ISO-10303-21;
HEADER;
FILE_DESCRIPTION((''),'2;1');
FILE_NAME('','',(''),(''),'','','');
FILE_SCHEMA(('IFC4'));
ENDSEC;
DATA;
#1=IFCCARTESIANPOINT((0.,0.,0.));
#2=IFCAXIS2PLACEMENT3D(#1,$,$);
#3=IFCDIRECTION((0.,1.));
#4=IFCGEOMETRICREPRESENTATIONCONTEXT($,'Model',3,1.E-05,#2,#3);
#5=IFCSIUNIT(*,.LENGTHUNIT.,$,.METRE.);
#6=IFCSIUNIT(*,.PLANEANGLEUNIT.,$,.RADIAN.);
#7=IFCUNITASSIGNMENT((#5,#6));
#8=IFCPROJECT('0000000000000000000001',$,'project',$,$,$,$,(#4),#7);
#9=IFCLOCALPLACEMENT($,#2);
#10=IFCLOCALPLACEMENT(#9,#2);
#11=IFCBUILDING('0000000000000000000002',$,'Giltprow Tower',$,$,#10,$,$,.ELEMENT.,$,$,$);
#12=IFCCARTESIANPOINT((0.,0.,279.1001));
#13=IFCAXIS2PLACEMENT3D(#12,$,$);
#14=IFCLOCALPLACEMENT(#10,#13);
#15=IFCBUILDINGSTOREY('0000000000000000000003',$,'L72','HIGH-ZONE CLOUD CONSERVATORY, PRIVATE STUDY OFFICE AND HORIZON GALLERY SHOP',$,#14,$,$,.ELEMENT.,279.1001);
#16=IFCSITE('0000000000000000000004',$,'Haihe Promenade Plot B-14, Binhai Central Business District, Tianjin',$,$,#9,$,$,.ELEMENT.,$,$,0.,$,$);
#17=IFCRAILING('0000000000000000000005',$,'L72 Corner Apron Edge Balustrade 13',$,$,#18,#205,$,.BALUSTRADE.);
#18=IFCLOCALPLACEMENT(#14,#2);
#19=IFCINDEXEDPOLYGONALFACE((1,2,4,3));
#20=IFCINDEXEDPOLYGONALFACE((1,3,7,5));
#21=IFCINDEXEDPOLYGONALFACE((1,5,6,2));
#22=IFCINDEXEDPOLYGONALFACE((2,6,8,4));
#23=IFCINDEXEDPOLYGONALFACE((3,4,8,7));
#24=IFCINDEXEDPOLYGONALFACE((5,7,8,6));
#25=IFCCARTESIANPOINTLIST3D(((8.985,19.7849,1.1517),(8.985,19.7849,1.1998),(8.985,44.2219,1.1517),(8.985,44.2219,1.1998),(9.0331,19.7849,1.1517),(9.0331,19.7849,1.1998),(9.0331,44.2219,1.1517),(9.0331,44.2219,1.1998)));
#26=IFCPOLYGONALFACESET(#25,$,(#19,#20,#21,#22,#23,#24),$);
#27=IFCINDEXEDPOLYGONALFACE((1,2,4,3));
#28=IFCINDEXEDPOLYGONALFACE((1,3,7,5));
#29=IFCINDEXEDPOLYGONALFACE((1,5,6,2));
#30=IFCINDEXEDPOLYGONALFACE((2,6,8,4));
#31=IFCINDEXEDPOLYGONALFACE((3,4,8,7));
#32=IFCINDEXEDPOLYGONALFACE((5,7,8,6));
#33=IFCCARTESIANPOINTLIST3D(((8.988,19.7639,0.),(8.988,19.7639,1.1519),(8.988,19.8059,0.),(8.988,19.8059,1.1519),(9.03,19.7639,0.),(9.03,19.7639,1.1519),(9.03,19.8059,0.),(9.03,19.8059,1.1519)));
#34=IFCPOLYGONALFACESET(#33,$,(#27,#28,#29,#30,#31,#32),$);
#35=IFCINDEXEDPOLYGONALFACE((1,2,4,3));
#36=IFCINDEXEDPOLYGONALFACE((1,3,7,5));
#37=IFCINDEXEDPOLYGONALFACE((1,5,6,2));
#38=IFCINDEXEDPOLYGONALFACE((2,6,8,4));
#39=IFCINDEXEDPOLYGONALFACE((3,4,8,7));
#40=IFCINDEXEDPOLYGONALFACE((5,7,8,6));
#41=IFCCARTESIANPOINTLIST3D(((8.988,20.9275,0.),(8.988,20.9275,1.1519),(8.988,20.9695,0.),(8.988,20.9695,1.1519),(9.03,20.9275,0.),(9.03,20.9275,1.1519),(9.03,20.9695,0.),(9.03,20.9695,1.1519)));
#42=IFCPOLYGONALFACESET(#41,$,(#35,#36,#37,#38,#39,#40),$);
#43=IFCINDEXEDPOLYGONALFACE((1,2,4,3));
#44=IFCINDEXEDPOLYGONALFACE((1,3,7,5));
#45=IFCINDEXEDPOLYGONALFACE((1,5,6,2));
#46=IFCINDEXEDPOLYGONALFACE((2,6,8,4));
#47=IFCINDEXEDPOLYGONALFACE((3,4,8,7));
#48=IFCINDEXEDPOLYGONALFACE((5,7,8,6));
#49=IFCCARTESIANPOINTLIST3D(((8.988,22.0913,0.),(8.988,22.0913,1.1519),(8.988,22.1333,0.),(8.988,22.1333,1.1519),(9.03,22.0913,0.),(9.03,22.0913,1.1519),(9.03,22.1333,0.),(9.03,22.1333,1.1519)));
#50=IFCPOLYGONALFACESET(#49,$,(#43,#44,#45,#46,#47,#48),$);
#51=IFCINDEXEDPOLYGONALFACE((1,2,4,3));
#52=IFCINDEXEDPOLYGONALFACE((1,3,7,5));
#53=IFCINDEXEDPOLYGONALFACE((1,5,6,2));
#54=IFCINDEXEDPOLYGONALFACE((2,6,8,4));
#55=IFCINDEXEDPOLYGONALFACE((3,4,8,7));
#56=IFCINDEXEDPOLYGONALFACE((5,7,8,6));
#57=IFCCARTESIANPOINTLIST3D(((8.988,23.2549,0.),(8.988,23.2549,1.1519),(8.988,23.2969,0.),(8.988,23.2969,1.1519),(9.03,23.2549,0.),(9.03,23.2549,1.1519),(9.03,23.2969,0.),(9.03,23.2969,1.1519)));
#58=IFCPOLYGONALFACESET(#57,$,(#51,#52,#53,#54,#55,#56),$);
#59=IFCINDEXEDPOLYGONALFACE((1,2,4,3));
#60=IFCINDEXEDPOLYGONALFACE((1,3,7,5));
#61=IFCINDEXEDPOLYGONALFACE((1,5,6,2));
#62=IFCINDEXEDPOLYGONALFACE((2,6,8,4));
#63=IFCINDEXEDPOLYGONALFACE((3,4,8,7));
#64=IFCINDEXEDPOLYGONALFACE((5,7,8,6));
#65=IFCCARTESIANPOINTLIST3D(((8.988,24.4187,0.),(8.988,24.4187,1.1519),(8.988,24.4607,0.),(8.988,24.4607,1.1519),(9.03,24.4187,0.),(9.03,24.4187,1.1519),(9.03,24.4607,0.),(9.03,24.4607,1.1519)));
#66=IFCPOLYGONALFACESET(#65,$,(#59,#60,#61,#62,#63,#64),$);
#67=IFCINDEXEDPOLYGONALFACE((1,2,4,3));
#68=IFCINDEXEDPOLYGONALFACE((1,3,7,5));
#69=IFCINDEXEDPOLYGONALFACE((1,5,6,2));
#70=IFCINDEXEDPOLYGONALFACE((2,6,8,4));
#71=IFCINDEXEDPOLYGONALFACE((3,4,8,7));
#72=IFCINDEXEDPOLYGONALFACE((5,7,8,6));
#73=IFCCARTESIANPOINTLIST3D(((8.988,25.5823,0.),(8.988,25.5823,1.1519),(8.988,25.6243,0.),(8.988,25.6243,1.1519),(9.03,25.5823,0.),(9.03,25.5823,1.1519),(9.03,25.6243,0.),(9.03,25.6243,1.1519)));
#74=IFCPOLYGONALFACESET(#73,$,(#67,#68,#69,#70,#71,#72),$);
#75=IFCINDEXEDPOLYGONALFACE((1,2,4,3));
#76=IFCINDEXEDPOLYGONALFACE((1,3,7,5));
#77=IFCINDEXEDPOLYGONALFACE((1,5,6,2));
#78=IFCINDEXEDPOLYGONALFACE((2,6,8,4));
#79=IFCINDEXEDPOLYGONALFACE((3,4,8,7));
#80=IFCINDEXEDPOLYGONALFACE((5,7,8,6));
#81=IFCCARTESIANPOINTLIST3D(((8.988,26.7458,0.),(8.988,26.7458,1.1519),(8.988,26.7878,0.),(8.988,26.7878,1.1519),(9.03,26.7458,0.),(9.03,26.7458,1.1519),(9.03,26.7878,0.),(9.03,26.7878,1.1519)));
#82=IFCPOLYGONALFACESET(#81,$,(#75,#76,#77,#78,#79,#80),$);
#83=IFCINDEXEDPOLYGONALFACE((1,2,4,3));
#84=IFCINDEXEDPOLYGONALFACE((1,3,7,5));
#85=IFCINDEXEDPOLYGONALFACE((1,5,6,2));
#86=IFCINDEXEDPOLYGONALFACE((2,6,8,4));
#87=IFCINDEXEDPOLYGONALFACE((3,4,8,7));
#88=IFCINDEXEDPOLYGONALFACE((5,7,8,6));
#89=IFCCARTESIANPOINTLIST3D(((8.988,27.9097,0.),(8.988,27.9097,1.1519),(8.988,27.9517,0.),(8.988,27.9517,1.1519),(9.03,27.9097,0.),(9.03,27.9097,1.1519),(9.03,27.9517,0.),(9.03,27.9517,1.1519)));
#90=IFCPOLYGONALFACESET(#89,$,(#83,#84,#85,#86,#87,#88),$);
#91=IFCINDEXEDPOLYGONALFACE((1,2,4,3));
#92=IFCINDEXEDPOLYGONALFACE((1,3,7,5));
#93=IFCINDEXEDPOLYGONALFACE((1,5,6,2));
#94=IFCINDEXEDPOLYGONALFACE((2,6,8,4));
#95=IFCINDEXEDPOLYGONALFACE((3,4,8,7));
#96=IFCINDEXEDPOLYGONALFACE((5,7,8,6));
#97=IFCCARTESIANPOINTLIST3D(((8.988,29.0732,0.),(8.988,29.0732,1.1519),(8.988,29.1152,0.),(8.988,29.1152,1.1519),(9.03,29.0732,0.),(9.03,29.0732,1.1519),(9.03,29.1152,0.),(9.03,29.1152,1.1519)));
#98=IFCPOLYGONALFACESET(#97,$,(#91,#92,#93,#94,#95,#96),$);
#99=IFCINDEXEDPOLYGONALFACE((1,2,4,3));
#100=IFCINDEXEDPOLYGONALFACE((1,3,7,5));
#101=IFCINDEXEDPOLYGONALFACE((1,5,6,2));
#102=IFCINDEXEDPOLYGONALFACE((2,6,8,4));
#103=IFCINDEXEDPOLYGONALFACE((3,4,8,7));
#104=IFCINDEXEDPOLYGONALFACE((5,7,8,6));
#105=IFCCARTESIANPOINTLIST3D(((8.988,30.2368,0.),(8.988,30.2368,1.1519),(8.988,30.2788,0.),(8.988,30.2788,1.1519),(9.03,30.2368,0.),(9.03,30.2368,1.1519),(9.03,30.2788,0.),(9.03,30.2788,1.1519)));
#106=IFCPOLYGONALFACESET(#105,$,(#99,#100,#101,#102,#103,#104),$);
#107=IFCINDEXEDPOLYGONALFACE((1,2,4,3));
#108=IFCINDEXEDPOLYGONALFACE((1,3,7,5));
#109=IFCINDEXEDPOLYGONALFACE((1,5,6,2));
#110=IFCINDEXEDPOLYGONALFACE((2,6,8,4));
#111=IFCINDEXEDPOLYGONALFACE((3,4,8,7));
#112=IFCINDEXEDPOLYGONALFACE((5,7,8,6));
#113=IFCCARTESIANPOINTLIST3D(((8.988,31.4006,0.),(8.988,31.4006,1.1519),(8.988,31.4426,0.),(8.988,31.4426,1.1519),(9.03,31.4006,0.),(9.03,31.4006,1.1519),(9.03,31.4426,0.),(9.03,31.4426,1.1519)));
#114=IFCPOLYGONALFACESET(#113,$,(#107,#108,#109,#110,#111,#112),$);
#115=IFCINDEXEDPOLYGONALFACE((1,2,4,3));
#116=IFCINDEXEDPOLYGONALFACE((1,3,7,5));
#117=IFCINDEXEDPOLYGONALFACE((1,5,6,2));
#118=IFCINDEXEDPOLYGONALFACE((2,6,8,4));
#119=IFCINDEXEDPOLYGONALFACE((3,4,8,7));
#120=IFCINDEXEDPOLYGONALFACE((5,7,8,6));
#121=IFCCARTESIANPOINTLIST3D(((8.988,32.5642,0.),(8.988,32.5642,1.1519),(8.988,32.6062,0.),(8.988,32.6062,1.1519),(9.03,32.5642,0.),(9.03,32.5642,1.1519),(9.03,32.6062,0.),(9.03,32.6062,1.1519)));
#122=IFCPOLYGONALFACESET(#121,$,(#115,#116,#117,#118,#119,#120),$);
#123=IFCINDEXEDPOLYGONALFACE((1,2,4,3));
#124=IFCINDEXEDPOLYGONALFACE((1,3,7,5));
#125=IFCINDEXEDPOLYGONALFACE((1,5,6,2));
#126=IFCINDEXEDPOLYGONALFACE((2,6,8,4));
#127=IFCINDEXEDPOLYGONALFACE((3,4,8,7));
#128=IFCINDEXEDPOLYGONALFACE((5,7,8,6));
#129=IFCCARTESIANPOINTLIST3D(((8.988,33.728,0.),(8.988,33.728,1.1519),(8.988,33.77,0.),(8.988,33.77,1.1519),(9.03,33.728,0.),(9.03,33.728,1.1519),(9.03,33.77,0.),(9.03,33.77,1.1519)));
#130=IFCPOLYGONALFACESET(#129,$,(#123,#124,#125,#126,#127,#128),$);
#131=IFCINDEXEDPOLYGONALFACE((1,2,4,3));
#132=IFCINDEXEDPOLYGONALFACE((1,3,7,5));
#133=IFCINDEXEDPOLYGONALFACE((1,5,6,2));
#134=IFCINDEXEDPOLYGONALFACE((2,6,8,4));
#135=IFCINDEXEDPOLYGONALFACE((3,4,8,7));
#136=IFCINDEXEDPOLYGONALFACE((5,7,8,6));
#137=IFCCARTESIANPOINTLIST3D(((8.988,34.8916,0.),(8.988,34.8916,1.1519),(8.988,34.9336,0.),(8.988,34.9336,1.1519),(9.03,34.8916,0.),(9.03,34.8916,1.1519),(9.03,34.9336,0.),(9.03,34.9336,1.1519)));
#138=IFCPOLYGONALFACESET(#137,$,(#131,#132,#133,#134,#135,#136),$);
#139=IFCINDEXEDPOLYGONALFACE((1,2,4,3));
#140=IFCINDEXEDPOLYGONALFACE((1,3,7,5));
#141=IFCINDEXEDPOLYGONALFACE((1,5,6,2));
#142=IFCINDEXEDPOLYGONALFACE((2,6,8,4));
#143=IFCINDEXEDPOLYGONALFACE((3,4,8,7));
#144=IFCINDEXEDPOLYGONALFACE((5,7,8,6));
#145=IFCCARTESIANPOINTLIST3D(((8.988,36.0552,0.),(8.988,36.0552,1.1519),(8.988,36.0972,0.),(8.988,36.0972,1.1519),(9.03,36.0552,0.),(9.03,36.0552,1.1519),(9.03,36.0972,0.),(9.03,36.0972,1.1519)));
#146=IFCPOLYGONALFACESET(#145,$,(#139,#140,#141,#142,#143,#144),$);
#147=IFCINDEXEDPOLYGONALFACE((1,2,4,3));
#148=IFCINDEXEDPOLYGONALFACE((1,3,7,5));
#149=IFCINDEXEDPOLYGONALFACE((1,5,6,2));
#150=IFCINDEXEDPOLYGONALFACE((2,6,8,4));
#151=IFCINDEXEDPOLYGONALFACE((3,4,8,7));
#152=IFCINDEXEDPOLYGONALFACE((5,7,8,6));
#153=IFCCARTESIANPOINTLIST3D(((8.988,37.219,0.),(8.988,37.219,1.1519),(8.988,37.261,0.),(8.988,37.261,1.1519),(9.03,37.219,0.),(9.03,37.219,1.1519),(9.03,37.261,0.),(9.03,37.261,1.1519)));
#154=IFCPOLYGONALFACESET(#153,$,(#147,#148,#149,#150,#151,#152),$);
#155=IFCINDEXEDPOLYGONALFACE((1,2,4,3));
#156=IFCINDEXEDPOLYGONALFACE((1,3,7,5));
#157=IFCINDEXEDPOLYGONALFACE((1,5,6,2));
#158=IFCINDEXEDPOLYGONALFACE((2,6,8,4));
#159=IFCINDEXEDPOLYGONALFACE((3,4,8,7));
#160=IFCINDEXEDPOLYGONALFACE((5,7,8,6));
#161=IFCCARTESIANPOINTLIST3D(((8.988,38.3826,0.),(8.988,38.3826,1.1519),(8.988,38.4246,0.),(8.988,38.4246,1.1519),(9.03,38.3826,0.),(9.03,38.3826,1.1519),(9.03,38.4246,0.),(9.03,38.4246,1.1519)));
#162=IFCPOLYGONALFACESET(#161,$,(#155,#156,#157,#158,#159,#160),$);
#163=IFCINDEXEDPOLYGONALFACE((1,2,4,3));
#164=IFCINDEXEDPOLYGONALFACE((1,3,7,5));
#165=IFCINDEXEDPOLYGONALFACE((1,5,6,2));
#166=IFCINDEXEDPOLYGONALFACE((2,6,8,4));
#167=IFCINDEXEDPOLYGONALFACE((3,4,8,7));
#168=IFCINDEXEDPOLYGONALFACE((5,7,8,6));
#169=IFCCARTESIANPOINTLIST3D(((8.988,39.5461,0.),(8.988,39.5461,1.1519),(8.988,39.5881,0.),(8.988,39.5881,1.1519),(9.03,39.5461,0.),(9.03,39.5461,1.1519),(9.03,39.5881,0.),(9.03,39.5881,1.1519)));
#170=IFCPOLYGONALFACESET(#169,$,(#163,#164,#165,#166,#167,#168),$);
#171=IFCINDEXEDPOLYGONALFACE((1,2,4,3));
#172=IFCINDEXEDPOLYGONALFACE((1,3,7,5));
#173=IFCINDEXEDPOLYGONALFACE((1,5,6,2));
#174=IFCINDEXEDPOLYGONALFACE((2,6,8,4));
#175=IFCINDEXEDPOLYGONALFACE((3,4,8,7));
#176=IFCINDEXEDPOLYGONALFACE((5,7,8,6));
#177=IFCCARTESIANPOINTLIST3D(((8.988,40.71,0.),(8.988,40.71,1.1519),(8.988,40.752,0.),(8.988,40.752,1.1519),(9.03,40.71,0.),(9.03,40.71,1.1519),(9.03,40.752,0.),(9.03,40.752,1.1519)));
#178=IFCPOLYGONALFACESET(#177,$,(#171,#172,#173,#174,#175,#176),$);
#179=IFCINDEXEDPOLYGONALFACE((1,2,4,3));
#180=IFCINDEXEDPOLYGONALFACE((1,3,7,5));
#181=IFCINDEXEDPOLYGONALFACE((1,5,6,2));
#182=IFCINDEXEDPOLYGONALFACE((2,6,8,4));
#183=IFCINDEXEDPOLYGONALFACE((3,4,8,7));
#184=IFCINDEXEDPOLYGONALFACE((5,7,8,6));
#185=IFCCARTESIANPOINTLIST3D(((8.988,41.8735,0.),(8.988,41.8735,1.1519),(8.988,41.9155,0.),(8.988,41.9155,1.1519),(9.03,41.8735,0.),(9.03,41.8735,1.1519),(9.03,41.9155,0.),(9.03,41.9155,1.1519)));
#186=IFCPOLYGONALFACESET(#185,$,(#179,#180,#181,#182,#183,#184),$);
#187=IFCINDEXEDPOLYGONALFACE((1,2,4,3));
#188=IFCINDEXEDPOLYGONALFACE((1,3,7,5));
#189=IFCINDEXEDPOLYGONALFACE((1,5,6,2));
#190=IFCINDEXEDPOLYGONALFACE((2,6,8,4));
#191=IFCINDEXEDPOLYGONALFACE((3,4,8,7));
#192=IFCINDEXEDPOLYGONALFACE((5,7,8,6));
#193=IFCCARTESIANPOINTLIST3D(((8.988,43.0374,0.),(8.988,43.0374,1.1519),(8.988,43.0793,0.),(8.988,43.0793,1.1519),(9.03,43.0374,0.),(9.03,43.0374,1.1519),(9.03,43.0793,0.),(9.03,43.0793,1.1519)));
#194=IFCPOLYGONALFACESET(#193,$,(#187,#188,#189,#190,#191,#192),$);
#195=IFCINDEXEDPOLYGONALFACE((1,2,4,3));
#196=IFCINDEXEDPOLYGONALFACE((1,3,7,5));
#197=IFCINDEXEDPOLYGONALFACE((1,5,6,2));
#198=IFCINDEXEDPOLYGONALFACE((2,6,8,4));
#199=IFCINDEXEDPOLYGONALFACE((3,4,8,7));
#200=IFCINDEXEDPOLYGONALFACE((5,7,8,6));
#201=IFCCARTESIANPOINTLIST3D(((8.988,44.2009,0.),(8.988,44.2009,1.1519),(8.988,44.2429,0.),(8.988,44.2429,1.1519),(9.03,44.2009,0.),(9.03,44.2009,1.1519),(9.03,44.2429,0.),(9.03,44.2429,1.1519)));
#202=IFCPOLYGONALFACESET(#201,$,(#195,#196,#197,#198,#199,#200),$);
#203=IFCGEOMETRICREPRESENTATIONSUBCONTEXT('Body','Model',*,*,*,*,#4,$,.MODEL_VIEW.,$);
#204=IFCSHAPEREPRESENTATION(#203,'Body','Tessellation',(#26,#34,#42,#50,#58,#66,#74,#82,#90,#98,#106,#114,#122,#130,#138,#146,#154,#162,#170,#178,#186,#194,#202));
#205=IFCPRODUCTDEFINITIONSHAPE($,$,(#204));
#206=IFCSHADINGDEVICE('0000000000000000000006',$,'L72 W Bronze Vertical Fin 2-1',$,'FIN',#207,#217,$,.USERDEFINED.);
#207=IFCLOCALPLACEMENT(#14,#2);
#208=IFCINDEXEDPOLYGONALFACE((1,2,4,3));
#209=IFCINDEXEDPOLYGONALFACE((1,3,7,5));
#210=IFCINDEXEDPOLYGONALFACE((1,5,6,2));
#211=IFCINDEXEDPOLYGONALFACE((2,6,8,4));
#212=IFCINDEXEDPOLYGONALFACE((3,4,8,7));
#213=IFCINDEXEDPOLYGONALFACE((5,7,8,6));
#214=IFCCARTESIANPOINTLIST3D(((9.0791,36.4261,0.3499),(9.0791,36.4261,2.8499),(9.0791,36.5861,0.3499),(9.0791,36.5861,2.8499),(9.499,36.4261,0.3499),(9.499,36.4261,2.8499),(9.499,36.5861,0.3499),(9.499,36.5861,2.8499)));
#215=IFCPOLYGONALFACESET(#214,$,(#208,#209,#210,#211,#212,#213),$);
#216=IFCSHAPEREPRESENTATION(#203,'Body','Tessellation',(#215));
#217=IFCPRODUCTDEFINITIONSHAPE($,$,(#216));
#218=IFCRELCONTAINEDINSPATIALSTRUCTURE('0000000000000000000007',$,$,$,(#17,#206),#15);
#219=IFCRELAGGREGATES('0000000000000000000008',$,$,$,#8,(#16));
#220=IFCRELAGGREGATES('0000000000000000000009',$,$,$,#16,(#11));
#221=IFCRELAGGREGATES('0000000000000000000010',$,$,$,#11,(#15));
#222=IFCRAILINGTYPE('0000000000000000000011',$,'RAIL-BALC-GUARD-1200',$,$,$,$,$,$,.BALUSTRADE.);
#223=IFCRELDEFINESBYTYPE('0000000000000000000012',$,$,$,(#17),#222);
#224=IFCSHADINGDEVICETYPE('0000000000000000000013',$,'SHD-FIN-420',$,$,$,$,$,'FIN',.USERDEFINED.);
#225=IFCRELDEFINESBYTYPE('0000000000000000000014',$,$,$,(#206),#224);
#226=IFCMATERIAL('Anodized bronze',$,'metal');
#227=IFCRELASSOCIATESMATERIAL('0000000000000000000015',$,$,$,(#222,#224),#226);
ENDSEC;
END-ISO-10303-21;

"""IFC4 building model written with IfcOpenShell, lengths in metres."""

from ifc_helpers import new_model, si_unit, direction, frame, origin, origin_2d, place, context, subcontext, project, spatial, rectangle, extrude, source, transform, mapped, material, type_object, element, save


model = new_model("IFC4")

# Units and contexts
model_context = context("Model", 3, precision=1e-05, world=origin(), true_north=direction((0.0, 1.0)))
body_context = subcontext(model_context, "Body", "Model", "MODEL_VIEW")
ifc_project = project(units=[si_unit("LENGTHUNIT", "METRE"), si_unit("PLANEANGLEUNIT", "RADIAN")], contexts=[model_context])

# Site, building, storey
site_placement = place(None, origin())
site = spatial("IfcSite", under=ifc_project, at=site_placement, Name="Haihe Promenade Plot B-14, Binhai Central Business District, Tianjin", CompositionType="ELEMENT", RefElevation=0.0)
building_placement = place(site_placement, origin())
building = spatial("IfcBuilding", under=site, at=building_placement, Name="Giltprow Tower", CompositionType="ELEMENT")
storey_placement = place(building_placement, frame((0.0, 0.0, 279.1001)))
storey = spatial("IfcBuildingStorey", under=building, at=storey_placement, Name="L72", Description="HIGH-ZONE CLOUD CONSERVATORY, PRIVATE STUDY OFFICE AND HORIZON GALLERY SHOP", CompositionType="ELEMENT", Elevation=279.1001)

# Railing
ifc_material_1 = material(Name="Anodized bronze", Category="metal")
railing_type = type_object("IfcRailingType", Name="RAIL-BALC-GUARD-1200", PredefinedType="BALUSTRADE", material=ifc_material_1)
railing_1_placement = place(storey_placement, frame((9.009, 19.7849, 0.0)))
element("IfcRailing", 1, at=railing_1_placement, inside=storey, type_object=railing_type, Name="L72 Corner Apron Edge Balustrade 13", PredefinedType="BALUSTRADE", context=body_context, shape_type="SweptSolid", body=[
    extrude(rectangle(XDim=0.0481, YDim=0.0481, at=origin_2d()), frame((0.0, 0.0, 1.1758), z_axis=(0.0, 1.0, 0.0), x_axis=(-1.0, 0.0, 0.0)), (0.0, 0.0, 1.0), 24.437),
    extrude(rectangle(XDim=0.042, YDim=0.042, at=origin_2d()), origin(), (0.0, 0.0, 1.0), 1.1519),
    extrude(rectangle(XDim=0.042, YDim=0.042, at=origin_2d()), frame((0.0, 1.1636, 0.0)), (0.0, 0.0, 1.0), 1.1519),
    extrude(rectangle(XDim=0.042, YDim=0.042, at=origin_2d()), frame((0.0, 2.3274, 0.0)), (0.0, 0.0, 1.0), 1.1519),
    extrude(rectangle(XDim=0.042, YDim=0.042, at=origin_2d()), frame((0.0, 3.491, 0.0)), (0.0, 0.0, 1.0), 1.1519),
    extrude(rectangle(XDim=0.042, YDim=0.042, at=origin_2d()), frame((0.0, 4.6548, 0.0)), (0.0, 0.0, 1.0), 1.1519),
    extrude(rectangle(XDim=0.042, YDim=0.042, at=origin_2d()), frame((0.0, 5.8184, 0.0)), (0.0, 0.0, 1.0), 1.1519),
    extrude(rectangle(XDim=0.042, YDim=0.042, at=origin_2d()), frame((0.0, 6.9819, 0.0)), (0.0, 0.0, 1.0), 1.1519),
    extrude(rectangle(XDim=0.042, YDim=0.042, at=origin_2d()), frame((0.0, 8.1458, 0.0)), (0.0, 0.0, 1.0), 1.1519),
    extrude(rectangle(XDim=0.042, YDim=0.042, at=origin_2d()), frame((0.0, 9.3093, 0.0)), (0.0, 0.0, 1.0), 1.1519),
    extrude(rectangle(XDim=0.042, YDim=0.042, at=origin_2d()), frame((0.0, 10.4729, 0.0)), (0.0, 0.0, 1.0), 1.1519),
    extrude(rectangle(XDim=0.042, YDim=0.042, at=origin_2d()), frame((0.0, 11.6367, 0.0)), (0.0, 0.0, 1.0), 1.1519),
    extrude(rectangle(XDim=0.042, YDim=0.042, at=origin_2d()), frame((0.0, 12.8003, 0.0)), (0.0, 0.0, 1.0), 1.1519),
    extrude(rectangle(XDim=0.042, YDim=0.042, at=origin_2d()), frame((0.0, 13.9641, 0.0)), (0.0, 0.0, 1.0), 1.1519),
    extrude(rectangle(XDim=0.042, YDim=0.042, at=origin_2d()), frame((0.0, 15.1277, 0.0)), (0.0, 0.0, 1.0), 1.1519),
    extrude(rectangle(XDim=0.042, YDim=0.042, at=origin_2d()), frame((0.0, 16.2913, 0.0)), (0.0, 0.0, 1.0), 1.1519),
    extrude(rectangle(XDim=0.042, YDim=0.042, at=origin_2d()), frame((0.0, 17.4551, 0.0)), (0.0, 0.0, 1.0), 1.1519),
    extrude(rectangle(XDim=0.042, YDim=0.042, at=origin_2d()), frame((0.0, 18.6187, 0.0)), (0.0, 0.0, 1.0), 1.1519),
    extrude(rectangle(XDim=0.042, YDim=0.042, at=origin_2d()), frame((0.0, 19.7822, 0.0)), (0.0, 0.0, 1.0), 1.1519),
    extrude(rectangle(XDim=0.042, YDim=0.042, at=origin_2d()), frame((0.0, 20.946, 0.0)), (0.0, 0.0, 1.0), 1.1519),
    extrude(rectangle(XDim=0.042, YDim=0.042, at=origin_2d()), frame((0.0, 22.1096, 0.0)), (0.0, 0.0, 1.0), 1.1519),
    extrude(rectangle(XDim=0.042, YDim=0.042, at=origin_2d()), frame((0.0, 23.2734, 0.0)), (0.0, 0.0, 1.0), 1.1519),
    extrude(rectangle(XDim=0.042, YDim=0.042, at=origin_2d()), frame((0.0, 24.437, 0.0)), (0.0, 0.0, 1.0), 1.1519),
])

# Shading device
shading_device_type = type_object("IfcShadingDeviceType", Name="SHD-FIN-420", ElementType="FIN", PredefinedType="USERDEFINED", material=ifc_material_1)
shared_shape_1 = source(origin(), body_context, "Body", "SweptSolid", [
    extrude(rectangle(XDim=0.4199, YDim=0.1599, at=origin_2d()), origin(), (0.0, 0.0, 1.0), 2.5),
])
shading_device_placement = place(storey_placement, frame((9.2891, 36.5061, 0.3499), z_axis=(0.0, 0.0, 1.0), x_axis=(1.0, 0.0, 0.0)))
element("IfcShadingDevice", 2, at=shading_device_placement, inside=storey, type_object=shading_device_type, Name="L72 W Bronze Vertical Fin 2-1", ObjectType="FIN", PredefinedType="USERDEFINED", context=body_context, shape_type="MappedRepresentation", body=[
    mapped(shared_shape_1, transform((0.0, 0.0, 0.0), x_axis=(1.0, 0.0, 0.0), y_axis=(0.0, 1.0, 0.0), z_axis=(0.0, 0.0, 1.0), scale=1.0)),
])

save(model, "model.ifc")
